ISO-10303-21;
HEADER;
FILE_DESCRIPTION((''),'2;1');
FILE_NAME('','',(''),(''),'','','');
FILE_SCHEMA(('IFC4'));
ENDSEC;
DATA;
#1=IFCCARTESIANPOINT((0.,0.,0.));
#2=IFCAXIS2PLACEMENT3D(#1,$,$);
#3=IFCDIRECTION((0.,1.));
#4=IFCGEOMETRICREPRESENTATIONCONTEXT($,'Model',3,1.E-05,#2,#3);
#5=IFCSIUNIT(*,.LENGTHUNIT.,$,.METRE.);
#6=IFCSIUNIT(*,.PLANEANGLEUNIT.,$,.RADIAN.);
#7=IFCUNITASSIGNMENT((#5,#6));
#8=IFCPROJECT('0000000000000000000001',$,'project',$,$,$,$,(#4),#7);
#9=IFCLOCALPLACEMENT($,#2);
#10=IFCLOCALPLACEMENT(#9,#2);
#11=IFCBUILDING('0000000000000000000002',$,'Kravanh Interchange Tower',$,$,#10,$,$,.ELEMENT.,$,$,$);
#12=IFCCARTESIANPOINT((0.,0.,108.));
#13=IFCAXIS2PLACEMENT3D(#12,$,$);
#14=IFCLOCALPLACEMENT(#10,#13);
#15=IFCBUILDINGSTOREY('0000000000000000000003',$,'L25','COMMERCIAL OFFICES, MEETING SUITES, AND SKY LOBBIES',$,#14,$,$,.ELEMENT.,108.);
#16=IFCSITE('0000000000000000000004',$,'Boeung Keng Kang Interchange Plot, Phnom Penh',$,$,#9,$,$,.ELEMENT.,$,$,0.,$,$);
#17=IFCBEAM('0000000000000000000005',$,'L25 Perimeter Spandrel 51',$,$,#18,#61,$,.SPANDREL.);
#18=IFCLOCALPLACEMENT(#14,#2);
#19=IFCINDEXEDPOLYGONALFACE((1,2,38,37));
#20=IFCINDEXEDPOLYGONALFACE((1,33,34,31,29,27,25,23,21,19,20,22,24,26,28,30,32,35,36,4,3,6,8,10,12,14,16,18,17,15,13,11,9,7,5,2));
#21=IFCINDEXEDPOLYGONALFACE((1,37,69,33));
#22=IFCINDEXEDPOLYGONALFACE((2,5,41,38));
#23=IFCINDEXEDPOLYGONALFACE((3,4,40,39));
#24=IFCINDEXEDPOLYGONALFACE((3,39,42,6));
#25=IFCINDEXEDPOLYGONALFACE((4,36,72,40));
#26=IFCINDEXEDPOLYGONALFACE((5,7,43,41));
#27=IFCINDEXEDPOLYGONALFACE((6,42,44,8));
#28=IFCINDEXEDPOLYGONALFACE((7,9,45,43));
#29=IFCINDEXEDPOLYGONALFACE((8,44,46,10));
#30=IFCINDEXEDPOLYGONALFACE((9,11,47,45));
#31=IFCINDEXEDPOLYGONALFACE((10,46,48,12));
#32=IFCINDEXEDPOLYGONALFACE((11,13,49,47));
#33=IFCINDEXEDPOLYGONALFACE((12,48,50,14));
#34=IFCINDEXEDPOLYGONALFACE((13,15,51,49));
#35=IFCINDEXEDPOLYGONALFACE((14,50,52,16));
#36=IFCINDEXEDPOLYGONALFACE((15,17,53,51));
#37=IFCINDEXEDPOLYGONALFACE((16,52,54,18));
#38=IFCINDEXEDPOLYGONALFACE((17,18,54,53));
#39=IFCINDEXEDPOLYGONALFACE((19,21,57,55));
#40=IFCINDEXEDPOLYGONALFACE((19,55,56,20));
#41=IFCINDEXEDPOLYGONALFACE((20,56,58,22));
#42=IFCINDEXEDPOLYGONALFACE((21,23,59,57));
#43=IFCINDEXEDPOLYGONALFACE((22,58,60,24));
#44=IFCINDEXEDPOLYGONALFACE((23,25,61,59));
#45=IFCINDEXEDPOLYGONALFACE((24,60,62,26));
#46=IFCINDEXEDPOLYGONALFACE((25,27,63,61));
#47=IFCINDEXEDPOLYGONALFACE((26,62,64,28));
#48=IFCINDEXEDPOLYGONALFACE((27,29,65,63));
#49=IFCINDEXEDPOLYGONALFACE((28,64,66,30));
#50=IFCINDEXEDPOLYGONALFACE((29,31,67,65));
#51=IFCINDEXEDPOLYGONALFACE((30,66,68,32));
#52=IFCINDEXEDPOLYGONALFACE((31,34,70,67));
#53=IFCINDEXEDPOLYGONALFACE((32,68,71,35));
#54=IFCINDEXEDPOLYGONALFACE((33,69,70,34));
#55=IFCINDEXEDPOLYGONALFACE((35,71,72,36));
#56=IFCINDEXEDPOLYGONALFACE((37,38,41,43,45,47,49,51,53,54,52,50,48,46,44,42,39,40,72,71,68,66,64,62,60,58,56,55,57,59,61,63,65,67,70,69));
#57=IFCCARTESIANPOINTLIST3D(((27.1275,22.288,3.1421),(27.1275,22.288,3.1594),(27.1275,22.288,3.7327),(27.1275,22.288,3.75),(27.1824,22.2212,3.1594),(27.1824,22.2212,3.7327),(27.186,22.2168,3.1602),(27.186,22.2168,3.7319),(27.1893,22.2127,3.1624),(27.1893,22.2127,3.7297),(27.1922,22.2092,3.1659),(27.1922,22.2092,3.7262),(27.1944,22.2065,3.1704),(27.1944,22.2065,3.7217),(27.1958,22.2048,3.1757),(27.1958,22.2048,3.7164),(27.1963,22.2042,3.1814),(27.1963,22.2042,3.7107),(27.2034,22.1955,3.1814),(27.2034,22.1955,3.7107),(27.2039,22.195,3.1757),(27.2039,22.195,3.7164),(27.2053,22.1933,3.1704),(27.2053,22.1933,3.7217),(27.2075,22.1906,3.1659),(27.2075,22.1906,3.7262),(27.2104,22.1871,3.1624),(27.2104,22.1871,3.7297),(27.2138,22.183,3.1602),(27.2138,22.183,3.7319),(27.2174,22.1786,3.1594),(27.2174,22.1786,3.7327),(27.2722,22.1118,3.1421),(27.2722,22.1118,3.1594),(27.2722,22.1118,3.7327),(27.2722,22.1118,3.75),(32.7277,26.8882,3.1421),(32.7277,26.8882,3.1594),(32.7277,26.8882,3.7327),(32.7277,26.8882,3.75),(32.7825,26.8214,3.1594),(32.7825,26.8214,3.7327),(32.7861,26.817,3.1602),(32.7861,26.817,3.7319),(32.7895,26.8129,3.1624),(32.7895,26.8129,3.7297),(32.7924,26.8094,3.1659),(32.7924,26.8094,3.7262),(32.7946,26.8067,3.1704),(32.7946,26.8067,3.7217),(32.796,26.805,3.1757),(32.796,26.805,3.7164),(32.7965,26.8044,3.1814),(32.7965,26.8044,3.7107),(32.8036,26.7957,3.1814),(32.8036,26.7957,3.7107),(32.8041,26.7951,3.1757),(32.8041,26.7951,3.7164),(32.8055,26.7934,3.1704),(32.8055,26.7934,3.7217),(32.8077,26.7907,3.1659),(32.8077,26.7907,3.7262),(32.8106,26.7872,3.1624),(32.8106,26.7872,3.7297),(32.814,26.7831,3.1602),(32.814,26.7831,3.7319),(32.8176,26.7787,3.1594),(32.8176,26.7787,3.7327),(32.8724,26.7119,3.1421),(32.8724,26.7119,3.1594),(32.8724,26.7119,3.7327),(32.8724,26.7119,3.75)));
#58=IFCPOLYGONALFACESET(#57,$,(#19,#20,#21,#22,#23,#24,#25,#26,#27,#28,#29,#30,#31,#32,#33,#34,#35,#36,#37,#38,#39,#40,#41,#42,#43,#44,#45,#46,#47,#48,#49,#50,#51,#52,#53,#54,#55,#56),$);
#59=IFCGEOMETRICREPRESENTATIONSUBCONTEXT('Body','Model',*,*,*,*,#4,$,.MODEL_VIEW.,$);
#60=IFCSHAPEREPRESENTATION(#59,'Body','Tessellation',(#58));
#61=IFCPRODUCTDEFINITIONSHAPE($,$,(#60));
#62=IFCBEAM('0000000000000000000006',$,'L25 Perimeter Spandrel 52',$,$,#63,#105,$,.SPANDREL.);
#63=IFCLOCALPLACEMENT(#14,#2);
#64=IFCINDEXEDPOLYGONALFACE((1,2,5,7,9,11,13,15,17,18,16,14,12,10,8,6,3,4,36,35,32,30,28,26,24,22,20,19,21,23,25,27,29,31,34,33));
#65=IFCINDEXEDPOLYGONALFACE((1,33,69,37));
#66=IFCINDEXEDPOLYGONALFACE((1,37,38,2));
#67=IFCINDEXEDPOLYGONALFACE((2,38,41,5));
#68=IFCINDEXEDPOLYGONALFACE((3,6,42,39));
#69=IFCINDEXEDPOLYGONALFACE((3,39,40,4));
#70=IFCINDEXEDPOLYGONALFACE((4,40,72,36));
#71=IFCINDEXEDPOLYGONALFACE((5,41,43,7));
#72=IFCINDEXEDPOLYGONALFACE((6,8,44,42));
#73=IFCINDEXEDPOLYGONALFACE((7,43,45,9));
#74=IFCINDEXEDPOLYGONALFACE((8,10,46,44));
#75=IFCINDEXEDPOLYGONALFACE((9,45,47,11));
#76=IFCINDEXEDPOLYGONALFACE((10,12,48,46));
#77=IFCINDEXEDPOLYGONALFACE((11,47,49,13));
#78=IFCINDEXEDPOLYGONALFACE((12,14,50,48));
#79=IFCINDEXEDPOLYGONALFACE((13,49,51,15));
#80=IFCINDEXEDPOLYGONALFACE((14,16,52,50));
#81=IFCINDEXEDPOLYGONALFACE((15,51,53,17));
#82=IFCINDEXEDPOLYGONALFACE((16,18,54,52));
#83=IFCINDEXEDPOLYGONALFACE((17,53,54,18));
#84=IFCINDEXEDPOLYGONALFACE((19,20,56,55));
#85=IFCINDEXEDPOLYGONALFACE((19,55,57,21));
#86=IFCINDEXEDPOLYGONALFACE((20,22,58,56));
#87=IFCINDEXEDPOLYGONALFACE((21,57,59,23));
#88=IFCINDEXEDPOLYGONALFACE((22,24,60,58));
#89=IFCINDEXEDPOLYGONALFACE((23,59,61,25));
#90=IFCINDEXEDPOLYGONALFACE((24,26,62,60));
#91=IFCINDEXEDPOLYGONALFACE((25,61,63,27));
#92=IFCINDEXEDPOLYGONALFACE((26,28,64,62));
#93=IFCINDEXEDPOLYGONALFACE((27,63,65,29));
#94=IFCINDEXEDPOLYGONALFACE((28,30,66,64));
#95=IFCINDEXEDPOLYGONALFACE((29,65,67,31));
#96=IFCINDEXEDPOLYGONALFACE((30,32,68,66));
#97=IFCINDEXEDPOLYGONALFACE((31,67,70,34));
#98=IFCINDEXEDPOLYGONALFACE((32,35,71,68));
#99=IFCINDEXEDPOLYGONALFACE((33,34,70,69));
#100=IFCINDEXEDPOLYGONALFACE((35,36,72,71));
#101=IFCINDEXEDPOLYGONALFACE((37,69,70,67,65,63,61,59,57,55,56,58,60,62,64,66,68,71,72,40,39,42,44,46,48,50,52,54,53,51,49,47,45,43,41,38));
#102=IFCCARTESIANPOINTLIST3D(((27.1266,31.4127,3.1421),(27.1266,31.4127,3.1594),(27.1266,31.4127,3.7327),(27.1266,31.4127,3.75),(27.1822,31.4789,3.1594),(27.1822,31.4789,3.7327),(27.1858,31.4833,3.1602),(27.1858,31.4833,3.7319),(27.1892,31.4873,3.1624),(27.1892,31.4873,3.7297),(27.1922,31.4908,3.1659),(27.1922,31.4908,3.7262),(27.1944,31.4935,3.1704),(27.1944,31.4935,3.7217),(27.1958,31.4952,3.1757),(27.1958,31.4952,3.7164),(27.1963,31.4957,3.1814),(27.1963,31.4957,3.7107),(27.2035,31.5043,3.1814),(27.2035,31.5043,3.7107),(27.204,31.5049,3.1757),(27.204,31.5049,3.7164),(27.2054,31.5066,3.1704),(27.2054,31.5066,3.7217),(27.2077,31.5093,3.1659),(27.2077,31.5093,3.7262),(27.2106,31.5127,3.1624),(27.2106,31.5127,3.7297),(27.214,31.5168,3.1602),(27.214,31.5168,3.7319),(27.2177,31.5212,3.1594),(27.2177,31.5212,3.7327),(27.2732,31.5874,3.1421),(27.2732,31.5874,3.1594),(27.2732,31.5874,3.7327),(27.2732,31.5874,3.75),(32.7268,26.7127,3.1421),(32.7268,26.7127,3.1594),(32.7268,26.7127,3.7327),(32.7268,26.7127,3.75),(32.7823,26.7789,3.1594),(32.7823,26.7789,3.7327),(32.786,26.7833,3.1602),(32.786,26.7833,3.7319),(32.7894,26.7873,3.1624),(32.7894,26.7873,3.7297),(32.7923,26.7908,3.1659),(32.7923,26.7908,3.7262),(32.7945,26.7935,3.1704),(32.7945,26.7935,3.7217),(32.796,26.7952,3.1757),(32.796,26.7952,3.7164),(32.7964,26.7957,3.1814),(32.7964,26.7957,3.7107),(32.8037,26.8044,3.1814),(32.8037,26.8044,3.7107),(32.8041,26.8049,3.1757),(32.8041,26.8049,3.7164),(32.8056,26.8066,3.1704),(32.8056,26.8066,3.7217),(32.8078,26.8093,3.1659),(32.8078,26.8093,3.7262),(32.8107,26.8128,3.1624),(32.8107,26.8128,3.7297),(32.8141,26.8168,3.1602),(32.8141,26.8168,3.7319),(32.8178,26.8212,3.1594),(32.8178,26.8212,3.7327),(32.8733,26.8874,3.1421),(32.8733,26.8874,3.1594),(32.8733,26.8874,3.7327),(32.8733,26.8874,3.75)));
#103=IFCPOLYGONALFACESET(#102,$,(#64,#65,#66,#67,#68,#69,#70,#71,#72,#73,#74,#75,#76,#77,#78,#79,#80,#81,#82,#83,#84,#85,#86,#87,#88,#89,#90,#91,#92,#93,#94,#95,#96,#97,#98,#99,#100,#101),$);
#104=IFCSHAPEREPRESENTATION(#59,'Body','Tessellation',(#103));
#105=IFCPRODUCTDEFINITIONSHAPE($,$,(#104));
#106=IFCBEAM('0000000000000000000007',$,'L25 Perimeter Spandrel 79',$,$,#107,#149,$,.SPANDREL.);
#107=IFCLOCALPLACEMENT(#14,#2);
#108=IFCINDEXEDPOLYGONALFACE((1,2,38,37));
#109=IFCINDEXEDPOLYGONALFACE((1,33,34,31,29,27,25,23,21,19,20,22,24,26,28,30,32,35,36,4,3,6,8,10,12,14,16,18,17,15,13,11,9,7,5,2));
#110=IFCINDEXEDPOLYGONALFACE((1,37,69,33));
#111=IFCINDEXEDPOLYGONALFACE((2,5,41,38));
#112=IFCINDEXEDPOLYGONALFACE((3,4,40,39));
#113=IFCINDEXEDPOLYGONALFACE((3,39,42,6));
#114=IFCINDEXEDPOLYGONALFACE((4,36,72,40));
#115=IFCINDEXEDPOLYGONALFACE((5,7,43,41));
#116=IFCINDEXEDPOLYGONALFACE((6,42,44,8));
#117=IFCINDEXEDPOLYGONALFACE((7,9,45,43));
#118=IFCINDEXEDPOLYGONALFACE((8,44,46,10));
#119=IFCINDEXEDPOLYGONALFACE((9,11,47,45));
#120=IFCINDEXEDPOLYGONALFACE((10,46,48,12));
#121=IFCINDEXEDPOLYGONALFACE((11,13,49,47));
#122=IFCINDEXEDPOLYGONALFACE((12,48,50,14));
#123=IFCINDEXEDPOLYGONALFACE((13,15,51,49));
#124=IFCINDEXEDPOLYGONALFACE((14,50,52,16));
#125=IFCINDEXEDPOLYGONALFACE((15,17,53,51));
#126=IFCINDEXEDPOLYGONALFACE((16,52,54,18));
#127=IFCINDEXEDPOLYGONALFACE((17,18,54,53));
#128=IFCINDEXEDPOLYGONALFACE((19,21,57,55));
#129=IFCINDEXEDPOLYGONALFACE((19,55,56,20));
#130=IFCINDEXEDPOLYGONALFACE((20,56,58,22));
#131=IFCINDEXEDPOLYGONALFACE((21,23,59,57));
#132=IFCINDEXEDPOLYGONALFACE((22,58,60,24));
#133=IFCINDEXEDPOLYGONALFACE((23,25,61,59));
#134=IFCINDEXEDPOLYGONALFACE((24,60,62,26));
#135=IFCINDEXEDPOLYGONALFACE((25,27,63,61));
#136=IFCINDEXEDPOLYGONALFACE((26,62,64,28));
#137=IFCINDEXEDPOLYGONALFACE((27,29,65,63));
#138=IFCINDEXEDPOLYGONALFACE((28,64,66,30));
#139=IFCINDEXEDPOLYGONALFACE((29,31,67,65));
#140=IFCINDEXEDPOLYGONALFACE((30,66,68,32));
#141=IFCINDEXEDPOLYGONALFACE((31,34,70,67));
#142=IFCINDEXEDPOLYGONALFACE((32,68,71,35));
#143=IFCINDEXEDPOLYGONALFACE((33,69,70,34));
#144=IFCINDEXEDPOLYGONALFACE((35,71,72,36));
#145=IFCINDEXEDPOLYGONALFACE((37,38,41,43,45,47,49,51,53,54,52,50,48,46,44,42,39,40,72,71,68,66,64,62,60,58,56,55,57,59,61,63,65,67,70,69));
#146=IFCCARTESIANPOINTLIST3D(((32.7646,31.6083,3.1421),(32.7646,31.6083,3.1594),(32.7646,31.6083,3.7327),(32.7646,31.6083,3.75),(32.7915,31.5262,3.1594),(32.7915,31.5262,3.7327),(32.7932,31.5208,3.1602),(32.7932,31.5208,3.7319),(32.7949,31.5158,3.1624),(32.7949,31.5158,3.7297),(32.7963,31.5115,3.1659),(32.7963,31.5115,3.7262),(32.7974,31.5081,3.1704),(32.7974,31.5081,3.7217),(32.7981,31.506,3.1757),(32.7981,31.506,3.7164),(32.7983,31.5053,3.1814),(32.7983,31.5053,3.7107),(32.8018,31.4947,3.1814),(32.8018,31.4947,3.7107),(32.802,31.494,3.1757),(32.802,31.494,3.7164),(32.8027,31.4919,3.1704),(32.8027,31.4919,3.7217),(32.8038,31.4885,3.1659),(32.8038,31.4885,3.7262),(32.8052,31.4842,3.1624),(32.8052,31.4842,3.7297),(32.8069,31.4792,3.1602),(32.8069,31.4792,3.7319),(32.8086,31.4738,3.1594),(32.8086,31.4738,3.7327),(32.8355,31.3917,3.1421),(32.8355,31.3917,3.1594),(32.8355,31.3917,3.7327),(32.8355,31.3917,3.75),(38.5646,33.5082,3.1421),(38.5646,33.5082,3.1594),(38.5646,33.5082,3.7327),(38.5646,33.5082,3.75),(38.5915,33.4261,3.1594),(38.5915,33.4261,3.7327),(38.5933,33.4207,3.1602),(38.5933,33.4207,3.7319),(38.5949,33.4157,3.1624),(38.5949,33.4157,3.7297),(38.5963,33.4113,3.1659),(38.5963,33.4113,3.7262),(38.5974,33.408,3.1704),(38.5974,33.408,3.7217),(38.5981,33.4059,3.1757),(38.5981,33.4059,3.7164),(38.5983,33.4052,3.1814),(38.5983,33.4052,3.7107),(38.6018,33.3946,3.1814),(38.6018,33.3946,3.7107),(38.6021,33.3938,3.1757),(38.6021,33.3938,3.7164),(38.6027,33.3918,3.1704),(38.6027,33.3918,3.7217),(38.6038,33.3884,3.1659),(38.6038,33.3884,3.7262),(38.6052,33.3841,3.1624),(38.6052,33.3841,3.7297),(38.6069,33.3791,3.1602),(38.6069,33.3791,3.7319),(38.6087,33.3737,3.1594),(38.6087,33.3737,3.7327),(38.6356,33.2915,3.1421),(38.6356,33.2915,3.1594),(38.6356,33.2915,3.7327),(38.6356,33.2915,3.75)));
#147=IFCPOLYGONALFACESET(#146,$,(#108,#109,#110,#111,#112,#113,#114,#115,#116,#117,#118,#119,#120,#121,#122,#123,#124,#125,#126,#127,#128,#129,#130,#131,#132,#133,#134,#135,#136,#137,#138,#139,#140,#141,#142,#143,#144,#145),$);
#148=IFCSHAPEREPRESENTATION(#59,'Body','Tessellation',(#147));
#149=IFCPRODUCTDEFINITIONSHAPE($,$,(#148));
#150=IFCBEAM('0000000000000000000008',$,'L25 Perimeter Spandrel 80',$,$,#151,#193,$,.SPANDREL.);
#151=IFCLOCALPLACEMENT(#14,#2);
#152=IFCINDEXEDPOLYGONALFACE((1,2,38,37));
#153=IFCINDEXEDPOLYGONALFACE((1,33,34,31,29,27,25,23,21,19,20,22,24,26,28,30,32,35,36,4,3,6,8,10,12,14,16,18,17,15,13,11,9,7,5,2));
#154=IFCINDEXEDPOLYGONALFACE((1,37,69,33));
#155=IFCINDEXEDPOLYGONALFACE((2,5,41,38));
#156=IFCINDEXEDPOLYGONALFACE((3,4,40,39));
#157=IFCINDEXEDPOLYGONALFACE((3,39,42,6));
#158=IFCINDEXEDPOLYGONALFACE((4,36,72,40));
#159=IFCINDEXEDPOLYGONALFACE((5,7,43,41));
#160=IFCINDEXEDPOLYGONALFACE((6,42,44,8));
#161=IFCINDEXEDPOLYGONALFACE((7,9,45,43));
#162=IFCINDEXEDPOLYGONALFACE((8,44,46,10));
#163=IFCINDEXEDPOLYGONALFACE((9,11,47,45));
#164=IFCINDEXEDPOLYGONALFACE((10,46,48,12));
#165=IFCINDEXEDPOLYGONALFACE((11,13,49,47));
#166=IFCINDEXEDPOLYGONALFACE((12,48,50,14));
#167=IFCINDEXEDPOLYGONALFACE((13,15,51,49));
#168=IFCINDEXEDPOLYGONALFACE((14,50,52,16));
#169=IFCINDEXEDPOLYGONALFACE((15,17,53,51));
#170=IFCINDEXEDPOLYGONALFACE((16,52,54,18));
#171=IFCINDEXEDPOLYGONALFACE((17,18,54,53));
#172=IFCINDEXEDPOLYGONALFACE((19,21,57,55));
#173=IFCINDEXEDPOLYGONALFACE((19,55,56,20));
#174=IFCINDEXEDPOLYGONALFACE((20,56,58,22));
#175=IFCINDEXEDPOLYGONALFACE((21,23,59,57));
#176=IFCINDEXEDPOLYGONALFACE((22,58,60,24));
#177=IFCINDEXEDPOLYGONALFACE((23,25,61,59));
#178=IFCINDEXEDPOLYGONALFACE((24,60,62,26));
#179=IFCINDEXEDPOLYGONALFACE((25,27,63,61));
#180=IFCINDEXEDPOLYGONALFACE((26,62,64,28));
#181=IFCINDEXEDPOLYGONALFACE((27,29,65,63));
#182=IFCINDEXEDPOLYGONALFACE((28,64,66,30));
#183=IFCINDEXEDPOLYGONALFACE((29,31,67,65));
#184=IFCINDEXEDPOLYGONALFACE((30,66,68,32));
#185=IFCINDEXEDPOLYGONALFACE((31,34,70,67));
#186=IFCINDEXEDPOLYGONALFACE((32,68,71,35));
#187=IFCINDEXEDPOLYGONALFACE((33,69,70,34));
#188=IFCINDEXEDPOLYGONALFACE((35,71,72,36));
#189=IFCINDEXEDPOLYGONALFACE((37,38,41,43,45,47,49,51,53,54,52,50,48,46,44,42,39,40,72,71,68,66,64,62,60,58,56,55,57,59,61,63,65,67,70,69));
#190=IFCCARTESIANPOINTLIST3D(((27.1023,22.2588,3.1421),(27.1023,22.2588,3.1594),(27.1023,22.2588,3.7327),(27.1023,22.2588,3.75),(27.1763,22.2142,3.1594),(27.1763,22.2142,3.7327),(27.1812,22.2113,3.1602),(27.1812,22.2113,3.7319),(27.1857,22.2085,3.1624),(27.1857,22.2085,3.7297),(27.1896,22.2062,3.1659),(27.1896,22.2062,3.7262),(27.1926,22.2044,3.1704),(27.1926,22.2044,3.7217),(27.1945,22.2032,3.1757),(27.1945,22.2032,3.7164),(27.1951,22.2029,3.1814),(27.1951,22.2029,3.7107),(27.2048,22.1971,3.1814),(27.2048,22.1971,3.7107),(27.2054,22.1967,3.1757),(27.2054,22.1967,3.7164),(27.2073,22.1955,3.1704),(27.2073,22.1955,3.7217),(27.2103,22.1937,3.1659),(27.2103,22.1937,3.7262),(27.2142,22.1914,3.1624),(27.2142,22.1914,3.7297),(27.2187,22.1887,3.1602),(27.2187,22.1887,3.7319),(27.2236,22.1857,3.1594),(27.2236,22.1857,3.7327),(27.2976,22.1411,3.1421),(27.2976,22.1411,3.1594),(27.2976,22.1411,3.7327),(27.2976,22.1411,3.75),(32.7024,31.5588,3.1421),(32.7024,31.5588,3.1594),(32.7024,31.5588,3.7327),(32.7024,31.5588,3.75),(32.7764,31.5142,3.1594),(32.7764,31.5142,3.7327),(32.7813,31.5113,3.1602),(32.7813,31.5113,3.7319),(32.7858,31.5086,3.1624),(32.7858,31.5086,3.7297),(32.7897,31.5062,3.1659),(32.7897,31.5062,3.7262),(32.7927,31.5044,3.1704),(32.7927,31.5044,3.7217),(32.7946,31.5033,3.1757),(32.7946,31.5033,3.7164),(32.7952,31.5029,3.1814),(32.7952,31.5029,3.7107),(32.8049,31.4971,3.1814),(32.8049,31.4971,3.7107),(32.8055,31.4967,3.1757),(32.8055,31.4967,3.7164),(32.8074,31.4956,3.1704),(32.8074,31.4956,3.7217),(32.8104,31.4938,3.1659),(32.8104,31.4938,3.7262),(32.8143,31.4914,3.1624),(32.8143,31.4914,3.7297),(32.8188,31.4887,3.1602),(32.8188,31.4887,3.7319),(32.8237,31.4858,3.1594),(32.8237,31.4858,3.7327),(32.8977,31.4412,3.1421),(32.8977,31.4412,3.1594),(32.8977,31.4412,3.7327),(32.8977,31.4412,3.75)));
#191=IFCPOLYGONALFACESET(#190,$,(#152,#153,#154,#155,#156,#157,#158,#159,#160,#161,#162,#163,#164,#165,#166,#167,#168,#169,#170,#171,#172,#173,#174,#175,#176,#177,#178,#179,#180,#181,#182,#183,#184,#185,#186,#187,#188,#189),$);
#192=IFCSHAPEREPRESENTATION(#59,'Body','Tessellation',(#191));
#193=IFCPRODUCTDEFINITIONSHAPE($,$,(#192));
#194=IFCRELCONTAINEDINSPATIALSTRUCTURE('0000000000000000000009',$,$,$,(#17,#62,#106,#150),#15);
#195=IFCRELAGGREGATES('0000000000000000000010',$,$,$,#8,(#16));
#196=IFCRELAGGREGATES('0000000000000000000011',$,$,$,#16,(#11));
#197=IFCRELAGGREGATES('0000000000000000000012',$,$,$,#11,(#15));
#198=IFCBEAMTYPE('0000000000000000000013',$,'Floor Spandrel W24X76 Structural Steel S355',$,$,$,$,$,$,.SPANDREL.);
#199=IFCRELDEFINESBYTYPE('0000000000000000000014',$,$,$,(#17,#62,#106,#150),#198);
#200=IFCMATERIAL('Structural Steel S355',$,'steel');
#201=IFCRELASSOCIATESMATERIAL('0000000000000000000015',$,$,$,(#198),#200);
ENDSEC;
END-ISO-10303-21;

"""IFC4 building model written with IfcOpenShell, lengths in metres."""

from ifc_helpers import new_model, si_unit, direction, frame, origin, origin_2d, place, context, subcontext, project, spatial, i_section, extrude, material, material_profile, profile_set, type_object, element, save


model = new_model("IFC4")

# Units and contexts
model_context = context("Model", 3, precision=1e-05, world=origin(), true_north=direction((0.0, 1.0)))
body_context = subcontext(model_context, "Body", "Model", "MODEL_VIEW")
ifc_project = project(units=[si_unit("LENGTHUNIT", "METRE"), si_unit("PLANEANGLEUNIT", "RADIAN")], contexts=[model_context])

# Site, building, storey
site_placement = place(None, origin())
site = spatial("IfcSite", under=ifc_project, at=site_placement, Name="Boeung Keng Kang Interchange Plot, Phnom Penh", CompositionType="ELEMENT", RefElevation=0.0)
building_placement = place(site_placement, origin())
building = spatial("IfcBuilding", under=site, at=building_placement, Name="Kravanh Interchange Tower", CompositionType="ELEMENT")
storey_placement = place(building_placement, frame((0.0, 0.0, 108.0)))
storey = spatial("IfcBuildingStorey", under=building, at=storey_placement, Name="L25", Description="COMMERCIAL OFFICES, MEETING SUITES, AND SKY LOBBIES", CompositionType="ELEMENT", Elevation=108.0)

# Beams
ifc_material_1 = material(Name="Structural Steel S355", Category="steel")
ifc_material_profile_1 = material_profile(ifc_material_1, i_section(OverallWidth=0.228, OverallDepth=0.6079, WebThickness=0.0112, FlangeThickness=0.0173, FilletRadius=0.022, at=origin_2d()), Name="W24X76")
ifc_profile_set_1 = profile_set([ifc_material_profile_1], Name="Structural Steel S355")
beam_type_1 = type_object("IfcBeamType", Name="Floor Spandrel W24X76 Structural Steel S355", PredefinedType="SPANDREL", material=ifc_profile_set_1)
beam_1_placement = place(storey_placement, frame((32.8, 26.8, 3.446), z_axis=(-0.772725, -0.634741, 0.0), x_axis=(0.634741, -0.772725, 0.0)))
element("IfcBeam", 1, at=beam_1_placement, inside=storey, type_object=beam_type_1, Name="L25 Perimeter Spandrel 51", PredefinedType="SPANDREL", context=body_context, shape_type="SweptSolid", body=[
    extrude(i_section(OverallWidth=0.228, OverallDepth=0.6079, WebThickness=0.0112, FlangeThickness=0.0173, FilletRadius=0.022, at=origin_2d()), origin(), (0.0, 0.0, 1.0), 7.2473),
])
beam_2_placement = place(storey_placement, frame((32.8, 26.8, 3.446), z_axis=(-0.765983, 0.642861, 0.0), x_axis=(-0.642861, -0.765983, 0.0)))
element("IfcBeam", 2, at=beam_2_placement, inside=storey, type_object=beam_type_1, Name="L25 Perimeter Spandrel 52", PredefinedType="SPANDREL", context=body_context, shape_type="SweptSolid", body=[
    extrude(i_section(OverallWidth=0.228, OverallDepth=0.6079, WebThickness=0.0112, FlangeThickness=0.0173, FilletRadius=0.022, at=origin_2d()), origin(), (0.0, 0.0, 1.0), 7.311),
])
beam_3_placement = place(storey_placement, frame((32.8, 31.5, 3.446), z_axis=(0.950315, 0.311291, 0.0), x_axis=(-0.311291, 0.950315, 0.0)))
element("IfcBeam", 3, at=beam_3_placement, inside=storey, type_object=beam_type_1, Name="L25 Perimeter Spandrel 79", PredefinedType="SPANDREL", context=body_context, shape_type="SweptSolid", body=[
    extrude(i_section(OverallWidth=0.228, OverallDepth=0.6079, WebThickness=0.0112, FlangeThickness=0.0173, FilletRadius=0.022, at=origin_2d()), origin(), (0.0, 0.0, 1.0), 6.1033),
])
beam_4_placement = place(storey_placement, frame((32.8, 31.5, 3.446), z_axis=(-0.515854, -0.856676, 0.0), x_axis=(0.856676, -0.515854, 0.0)))
element("IfcBeam", 4, at=beam_4_placement, inside=storey, type_object=beam_type_1, Name="L25 Perimeter Spandrel 80", PredefinedType="SPANDREL", context=body_context, shape_type="SweptSolid", body=[
    extrude(i_section(OverallWidth=0.228, OverallDepth=0.6079, WebThickness=0.0112, FlangeThickness=0.0173, FilletRadius=0.022, at=origin_2d()), origin(), (0.0, 0.0, 1.0), 10.856),
])

save(model, "model.ifc")
